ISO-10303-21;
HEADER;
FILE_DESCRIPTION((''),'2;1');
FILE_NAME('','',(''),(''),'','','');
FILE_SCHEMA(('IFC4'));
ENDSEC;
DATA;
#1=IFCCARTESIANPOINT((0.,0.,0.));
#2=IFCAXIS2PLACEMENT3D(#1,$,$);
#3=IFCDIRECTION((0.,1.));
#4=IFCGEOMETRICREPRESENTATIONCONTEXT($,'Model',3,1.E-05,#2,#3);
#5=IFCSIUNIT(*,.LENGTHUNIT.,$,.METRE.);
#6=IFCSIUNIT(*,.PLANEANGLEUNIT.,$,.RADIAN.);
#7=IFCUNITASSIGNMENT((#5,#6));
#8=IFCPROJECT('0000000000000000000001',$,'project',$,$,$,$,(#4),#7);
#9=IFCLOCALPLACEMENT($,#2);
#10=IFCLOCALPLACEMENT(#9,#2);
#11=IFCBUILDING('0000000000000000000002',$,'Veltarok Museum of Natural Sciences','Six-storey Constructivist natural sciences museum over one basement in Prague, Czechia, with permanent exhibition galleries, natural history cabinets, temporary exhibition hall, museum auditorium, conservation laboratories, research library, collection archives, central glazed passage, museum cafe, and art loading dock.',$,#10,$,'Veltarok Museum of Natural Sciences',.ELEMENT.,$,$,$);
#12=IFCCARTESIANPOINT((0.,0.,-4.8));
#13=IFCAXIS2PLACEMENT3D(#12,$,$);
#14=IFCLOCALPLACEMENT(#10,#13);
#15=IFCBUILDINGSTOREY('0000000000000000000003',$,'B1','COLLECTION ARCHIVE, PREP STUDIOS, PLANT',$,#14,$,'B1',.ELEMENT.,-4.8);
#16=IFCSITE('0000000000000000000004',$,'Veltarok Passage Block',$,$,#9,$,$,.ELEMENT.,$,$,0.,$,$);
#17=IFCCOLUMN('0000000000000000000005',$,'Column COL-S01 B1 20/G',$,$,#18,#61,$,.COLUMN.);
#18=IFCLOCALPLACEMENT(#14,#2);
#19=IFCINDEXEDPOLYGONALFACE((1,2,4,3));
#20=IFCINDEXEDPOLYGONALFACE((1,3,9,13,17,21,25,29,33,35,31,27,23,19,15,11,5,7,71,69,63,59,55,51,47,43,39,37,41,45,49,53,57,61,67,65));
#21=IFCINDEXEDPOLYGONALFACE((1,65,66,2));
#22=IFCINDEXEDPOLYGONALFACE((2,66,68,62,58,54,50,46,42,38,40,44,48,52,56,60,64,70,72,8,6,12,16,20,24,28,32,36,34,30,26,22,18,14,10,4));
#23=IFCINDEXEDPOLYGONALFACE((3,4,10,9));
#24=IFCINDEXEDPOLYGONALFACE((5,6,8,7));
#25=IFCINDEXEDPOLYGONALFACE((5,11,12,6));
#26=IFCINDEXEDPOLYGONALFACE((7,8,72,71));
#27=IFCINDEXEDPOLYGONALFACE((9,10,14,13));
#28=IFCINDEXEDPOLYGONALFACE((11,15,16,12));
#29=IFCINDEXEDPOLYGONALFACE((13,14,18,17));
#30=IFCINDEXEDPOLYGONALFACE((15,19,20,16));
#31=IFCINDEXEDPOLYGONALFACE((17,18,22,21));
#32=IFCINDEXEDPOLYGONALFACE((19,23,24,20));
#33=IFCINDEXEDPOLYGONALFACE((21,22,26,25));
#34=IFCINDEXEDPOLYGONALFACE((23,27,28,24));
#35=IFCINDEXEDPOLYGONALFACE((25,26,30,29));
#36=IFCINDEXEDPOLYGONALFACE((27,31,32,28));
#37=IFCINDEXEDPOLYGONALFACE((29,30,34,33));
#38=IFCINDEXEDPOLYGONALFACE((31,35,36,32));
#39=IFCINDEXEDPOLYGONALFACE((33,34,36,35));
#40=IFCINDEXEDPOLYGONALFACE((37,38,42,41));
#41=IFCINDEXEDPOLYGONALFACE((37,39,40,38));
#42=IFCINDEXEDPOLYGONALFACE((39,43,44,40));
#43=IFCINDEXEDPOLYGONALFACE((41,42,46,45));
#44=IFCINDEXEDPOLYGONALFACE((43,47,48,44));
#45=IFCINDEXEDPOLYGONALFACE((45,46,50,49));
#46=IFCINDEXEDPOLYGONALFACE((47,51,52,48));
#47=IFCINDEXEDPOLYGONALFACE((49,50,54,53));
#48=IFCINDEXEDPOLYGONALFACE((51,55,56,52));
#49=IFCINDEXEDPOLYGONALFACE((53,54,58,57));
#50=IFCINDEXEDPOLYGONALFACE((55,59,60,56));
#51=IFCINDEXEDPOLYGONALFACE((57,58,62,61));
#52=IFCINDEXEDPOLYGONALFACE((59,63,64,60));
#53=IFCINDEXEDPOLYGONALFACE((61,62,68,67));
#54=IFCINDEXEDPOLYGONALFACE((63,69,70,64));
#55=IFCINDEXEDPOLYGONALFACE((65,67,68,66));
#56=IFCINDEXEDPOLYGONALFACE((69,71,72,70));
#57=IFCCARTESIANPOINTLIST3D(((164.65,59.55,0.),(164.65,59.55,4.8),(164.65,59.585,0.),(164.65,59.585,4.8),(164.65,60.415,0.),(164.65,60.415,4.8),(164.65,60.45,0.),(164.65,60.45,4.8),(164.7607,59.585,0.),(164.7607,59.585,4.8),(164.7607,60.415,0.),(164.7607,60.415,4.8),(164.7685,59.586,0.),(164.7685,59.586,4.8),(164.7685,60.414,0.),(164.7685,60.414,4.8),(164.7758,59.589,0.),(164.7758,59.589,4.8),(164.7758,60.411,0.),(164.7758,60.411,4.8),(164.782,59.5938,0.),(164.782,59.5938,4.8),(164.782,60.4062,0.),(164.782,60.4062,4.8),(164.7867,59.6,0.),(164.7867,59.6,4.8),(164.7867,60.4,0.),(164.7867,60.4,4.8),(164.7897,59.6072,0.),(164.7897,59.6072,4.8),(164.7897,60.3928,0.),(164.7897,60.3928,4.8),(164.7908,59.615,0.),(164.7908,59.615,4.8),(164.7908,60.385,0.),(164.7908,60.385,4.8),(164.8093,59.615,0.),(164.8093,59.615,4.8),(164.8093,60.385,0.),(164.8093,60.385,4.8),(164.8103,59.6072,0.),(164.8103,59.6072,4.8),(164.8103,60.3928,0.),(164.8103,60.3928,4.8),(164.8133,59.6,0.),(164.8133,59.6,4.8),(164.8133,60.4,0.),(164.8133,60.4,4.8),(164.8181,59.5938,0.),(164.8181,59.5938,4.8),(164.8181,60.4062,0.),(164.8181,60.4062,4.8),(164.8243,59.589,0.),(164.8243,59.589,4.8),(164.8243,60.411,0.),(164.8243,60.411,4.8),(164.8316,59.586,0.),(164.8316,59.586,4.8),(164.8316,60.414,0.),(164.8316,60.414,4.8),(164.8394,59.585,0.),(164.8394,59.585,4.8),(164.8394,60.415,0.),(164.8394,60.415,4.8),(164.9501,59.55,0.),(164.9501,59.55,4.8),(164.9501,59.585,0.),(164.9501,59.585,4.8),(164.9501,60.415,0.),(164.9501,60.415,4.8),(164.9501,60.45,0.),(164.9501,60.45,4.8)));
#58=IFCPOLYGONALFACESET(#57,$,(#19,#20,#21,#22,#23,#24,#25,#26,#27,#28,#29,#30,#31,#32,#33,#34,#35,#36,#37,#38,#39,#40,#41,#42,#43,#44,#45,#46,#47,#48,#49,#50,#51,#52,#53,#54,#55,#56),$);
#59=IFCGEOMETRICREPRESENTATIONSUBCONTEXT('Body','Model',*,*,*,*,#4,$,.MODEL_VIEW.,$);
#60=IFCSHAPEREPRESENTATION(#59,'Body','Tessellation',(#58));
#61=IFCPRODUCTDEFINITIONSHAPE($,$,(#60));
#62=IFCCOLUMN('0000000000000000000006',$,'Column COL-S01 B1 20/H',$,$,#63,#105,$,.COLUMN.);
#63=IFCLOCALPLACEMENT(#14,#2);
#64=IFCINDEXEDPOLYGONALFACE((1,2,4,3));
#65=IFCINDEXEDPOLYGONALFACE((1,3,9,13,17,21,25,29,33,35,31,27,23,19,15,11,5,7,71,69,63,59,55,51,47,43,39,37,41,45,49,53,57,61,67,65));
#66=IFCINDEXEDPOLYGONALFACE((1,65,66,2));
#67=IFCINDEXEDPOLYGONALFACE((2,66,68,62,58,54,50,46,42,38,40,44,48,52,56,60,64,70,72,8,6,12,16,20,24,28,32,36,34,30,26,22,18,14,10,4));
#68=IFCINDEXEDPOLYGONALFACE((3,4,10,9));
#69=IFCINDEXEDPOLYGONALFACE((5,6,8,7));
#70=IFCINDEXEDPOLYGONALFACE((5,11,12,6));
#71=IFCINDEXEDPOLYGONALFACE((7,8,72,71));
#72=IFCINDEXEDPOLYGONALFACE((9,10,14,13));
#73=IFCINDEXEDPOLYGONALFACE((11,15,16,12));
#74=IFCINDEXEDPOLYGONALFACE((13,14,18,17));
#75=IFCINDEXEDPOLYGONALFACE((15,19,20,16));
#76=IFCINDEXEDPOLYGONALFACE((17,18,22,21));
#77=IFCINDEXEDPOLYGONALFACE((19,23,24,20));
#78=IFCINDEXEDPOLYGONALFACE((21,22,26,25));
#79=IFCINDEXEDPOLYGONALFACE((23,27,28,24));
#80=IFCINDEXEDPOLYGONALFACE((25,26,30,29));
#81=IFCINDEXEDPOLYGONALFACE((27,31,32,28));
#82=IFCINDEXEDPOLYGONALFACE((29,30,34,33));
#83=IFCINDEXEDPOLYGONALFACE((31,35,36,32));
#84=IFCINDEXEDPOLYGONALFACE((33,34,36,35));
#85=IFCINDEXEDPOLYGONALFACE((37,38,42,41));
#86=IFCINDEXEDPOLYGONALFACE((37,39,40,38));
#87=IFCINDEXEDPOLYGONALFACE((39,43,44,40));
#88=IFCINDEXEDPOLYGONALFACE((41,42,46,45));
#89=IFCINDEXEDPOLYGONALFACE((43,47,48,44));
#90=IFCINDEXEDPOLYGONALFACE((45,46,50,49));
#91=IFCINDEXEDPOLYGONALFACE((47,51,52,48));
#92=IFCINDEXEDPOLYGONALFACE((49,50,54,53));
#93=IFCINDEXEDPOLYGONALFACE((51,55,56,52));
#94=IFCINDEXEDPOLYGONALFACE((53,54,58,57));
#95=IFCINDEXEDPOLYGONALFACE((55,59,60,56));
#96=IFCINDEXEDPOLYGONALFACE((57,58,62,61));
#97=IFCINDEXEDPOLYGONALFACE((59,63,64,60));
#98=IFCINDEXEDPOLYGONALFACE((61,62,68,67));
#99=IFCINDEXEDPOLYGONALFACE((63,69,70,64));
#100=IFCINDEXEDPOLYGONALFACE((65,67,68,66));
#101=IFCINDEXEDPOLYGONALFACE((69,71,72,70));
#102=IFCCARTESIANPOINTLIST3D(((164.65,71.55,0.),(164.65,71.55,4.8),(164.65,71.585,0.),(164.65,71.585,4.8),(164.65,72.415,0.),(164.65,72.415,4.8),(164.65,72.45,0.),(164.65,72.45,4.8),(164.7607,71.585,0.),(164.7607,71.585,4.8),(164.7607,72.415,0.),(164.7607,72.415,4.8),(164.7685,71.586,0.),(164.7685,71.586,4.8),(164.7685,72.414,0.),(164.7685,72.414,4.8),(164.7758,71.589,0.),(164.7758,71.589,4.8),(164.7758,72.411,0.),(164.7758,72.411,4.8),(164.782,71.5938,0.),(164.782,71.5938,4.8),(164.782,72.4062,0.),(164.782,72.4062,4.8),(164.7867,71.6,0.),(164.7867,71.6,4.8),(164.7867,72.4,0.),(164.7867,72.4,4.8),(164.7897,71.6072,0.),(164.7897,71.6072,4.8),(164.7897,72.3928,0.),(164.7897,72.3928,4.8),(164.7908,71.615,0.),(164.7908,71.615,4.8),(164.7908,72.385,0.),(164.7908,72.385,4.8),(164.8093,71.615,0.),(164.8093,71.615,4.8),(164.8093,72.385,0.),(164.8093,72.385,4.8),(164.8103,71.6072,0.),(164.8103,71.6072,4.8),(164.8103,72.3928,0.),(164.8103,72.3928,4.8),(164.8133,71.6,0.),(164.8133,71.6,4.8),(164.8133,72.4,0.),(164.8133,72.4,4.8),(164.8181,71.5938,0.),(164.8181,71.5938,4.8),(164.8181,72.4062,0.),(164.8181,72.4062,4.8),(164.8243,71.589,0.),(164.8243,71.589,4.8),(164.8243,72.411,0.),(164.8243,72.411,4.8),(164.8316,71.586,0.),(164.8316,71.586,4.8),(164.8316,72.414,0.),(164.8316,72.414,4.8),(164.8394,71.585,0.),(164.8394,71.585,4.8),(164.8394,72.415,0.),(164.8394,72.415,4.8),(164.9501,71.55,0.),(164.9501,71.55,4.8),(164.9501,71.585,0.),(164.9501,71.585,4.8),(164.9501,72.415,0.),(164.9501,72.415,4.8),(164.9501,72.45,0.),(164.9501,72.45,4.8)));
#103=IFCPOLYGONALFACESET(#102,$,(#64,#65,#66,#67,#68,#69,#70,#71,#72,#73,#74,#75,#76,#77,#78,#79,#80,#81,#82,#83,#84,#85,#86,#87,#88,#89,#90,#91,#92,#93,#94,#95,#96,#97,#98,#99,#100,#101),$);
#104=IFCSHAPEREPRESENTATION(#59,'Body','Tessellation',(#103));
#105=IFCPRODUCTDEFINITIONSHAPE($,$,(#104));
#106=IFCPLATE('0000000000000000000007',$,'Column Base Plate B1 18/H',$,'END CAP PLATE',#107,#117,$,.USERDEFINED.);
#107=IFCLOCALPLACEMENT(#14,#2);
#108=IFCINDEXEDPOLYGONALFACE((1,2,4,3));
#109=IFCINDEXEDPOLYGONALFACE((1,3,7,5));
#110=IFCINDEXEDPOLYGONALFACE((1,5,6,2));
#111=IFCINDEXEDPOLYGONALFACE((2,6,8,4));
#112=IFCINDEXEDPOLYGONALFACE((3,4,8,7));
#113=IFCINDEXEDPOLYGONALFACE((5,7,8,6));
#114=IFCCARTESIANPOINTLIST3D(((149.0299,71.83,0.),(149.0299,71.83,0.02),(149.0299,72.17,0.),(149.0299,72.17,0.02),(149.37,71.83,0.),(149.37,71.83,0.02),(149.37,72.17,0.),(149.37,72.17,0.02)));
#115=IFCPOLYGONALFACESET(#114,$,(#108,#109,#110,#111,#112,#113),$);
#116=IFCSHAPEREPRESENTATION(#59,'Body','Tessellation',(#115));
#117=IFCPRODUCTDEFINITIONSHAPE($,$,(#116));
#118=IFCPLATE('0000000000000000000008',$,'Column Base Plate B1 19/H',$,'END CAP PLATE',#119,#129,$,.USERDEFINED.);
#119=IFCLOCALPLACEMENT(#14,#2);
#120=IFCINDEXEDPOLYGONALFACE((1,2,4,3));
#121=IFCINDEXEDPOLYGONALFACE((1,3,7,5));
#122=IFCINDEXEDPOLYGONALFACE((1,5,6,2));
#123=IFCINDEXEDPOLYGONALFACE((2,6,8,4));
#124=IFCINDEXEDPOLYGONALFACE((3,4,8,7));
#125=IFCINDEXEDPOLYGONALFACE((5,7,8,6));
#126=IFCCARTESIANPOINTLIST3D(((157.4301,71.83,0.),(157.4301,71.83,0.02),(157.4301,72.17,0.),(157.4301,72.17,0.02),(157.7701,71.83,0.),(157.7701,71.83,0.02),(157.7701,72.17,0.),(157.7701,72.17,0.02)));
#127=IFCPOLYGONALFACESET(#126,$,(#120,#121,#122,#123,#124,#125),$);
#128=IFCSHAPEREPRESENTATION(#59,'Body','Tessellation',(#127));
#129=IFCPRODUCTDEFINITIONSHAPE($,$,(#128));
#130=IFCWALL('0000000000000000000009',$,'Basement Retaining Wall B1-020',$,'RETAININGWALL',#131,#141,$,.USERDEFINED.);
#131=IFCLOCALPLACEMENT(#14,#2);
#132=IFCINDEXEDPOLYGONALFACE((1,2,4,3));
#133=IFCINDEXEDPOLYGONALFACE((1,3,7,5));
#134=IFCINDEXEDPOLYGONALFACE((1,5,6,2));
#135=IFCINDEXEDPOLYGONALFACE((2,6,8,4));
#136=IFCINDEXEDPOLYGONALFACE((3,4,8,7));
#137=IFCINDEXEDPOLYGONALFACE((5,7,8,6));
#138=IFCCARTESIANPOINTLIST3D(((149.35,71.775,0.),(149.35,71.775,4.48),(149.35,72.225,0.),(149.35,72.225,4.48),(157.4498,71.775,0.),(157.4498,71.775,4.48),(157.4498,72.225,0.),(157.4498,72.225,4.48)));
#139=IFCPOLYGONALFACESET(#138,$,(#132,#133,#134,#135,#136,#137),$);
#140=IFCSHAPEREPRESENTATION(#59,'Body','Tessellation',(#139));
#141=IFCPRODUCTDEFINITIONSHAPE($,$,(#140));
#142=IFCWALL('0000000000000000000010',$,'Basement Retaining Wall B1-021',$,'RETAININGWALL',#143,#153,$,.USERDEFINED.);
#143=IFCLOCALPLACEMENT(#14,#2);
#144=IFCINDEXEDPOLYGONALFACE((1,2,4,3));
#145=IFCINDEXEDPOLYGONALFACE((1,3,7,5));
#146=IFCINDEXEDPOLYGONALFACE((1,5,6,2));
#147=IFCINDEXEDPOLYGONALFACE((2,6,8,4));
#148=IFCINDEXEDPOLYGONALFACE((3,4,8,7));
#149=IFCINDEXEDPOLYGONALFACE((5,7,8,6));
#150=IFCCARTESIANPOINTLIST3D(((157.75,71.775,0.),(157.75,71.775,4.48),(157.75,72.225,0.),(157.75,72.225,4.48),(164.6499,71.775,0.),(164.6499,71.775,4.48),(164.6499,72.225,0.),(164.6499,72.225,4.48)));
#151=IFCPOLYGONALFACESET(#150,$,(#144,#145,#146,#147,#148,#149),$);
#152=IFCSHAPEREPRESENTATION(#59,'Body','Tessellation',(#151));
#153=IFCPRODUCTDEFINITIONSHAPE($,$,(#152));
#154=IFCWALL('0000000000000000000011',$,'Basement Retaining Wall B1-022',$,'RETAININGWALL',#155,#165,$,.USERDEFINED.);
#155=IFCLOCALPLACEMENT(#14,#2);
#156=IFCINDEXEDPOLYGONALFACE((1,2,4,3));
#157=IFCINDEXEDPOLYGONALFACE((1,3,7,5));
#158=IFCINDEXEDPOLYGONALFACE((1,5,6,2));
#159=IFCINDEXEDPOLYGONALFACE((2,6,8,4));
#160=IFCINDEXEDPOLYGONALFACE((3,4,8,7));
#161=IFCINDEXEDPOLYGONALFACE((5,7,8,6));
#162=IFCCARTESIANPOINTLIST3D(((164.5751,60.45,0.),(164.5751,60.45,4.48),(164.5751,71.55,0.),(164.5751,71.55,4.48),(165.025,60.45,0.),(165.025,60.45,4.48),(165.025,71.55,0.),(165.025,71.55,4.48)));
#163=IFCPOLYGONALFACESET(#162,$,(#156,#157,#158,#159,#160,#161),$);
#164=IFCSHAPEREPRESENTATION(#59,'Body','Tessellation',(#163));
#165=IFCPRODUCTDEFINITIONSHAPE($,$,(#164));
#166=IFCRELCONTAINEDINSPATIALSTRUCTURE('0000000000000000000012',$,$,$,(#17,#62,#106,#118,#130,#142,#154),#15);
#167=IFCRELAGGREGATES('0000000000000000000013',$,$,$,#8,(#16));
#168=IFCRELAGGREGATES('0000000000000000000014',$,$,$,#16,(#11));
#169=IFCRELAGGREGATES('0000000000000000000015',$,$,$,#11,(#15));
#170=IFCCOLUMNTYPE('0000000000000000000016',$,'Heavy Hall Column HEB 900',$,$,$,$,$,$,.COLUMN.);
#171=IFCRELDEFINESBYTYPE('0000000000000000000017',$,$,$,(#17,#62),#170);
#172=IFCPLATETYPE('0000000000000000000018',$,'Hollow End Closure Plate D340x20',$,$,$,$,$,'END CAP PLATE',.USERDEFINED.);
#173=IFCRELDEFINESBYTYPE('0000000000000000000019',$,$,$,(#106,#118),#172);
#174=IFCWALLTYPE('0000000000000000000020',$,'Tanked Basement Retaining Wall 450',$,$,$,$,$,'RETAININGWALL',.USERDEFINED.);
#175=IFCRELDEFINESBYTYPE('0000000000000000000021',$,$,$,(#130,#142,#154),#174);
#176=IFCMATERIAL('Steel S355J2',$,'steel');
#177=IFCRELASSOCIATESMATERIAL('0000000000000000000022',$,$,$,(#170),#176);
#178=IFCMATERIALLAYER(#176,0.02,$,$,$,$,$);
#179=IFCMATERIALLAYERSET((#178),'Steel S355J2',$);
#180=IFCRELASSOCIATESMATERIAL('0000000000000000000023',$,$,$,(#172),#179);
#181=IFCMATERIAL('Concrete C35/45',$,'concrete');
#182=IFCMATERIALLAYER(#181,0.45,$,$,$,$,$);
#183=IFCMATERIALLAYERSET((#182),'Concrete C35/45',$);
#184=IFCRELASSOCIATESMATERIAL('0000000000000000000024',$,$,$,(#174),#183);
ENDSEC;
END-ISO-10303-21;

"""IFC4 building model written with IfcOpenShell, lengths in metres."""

from ifc_helpers import new_model, si_unit, direction, frame, frame_2d, origin, origin_2d, place, context, subcontext, project, spatial, rectangle, i_section, extrude, material, layer, layer_set, material_profile, profile_set, type_object, element, save


model = new_model("IFC4")

# Units and contexts
model_context = context("Model", 3, precision=1e-05, world=origin(), true_north=direction((0.0, 1.0)))
body_context = subcontext(model_context, "Body", "Model", "MODEL_VIEW")
ifc_project = project(units=[si_unit("LENGTHUNIT", "METRE"), si_unit("PLANEANGLEUNIT", "RADIAN")], contexts=[model_context])

# Site, building, storey
site_placement = place(None, origin())
site = spatial("IfcSite", under=ifc_project, at=site_placement, Name="Veltarok Passage Block", CompositionType="ELEMENT", RefElevation=0.0)
building_placement = place(site_placement, origin())
building = spatial("IfcBuilding", under=site, at=building_placement, Name="Veltarok Museum of Natural Sciences", Description="Six-storey Constructivist natural sciences museum over one basement in Prague, Czechia, with permanent exhibition galleries, natural history cabinets, temporary exhibition hall, museum auditorium, conservation laboratories, research library, collection archives, central glazed passage, museum cafe, and art loading dock.", LongName="Veltarok Museum of Natural Sciences", CompositionType="ELEMENT")
storey_placement = place(building_placement, frame((0.0, 0.0, -4.8)))
storey = spatial("IfcBuildingStorey", under=building, at=storey_placement, Name="B1", Description="COLLECTION ARCHIVE, PREP STUDIOS, PLANT", LongName="B1", CompositionType="ELEMENT", Elevation=-4.8)

# Shared definitions
ifc_material_1 = material(Name="Concrete C35/45", Category="concrete")

# Columns
ifc_material_2 = material(Name="Steel S355J2", Category="steel")
ifc_material_profile_1 = material_profile(ifc_material_2, i_section(OverallWidth=0.3, OverallDepth=0.8999, WebThickness=0.0186, FlangeThickness=0.0349, FilletRadius=0.03, at=origin_2d()), Name="HEB 900")
ifc_profile_set_1 = profile_set([ifc_material_profile_1], Name="Steel S355J2")
column_type = type_object("IfcColumnType", Name="Heavy Hall Column HEB 900", PredefinedType="COLUMN", material=ifc_profile_set_1)
for number, where, z_axis, x_axis, name in (
    (1, (164.8, 60.0, 0.0), (0.0, 0.0, 1.0), (1.0, 0.0, 0.0), "Column COL-S01 B1 20/G"),
    (2, (164.8, 72.0, 0.0), (0.0, 0.0, 1.0), (1.0, 0.0, 0.0), "Column COL-S01 B1 20/H"),
):
    element("IfcColumn", number, at=place(storey_placement, frame(where, z_axis=z_axis, x_axis=x_axis)), inside=storey, type_object=column_type, Name=name, PredefinedType="COLUMN", context=body_context, shape_type="SweptSolid", body=[
        extrude(i_section(OverallWidth=0.3, OverallDepth=0.8999, WebThickness=0.0186, FlangeThickness=0.0349, FilletRadius=0.03, at=origin_2d()), origin(), (0.0, 0.0, 1.0), 4.8),
    ])

# Plates
ifc_layer_1 = layer(ifc_material_2, 0.02)
ifc_layer_set_1 = layer_set([ifc_layer_1], Name="Steel S355J2")
plate_type = type_object("IfcPlateType", Name="Hollow End Closure Plate D340x20", ElementType="END CAP PLATE", PredefinedType="USERDEFINED", material=ifc_layer_set_1)
for number, where, z_axis, x_axis, name in (
    (3, (149.2, 72.0, 0.0), (0.0, 0.0, 1.0), (1.0, 0.0, 0.0), "Column Base Plate B1 18/H"),
    (4, (157.6001, 72.0, 0.0), (0.0, 0.0, 1.0), (1.0, 0.0, 0.0), "Column Base Plate B1 19/H"),
):
    element("IfcPlate", number, at=place(storey_placement, frame(where, z_axis=z_axis, x_axis=x_axis)), inside=storey, type_object=plate_type, Name=name, ObjectType="END CAP PLATE", PredefinedType="USERDEFINED", context=body_context, shape_type="SweptSolid", body=[
        extrude(rectangle(XDim=0.3401, YDim=0.3401, at=origin_2d()), origin(), (0.0, 0.0, 1.0), 0.02),
    ])

# Walls
ifc_layer_2 = layer(ifc_material_1, 0.45)
ifc_layer_set_2 = layer_set([ifc_layer_2], Name="Concrete C35/45")
wall_type = type_object("IfcWallType", Name="Tanked Basement Retaining Wall 450", ElementType="RETAININGWALL", PredefinedType="USERDEFINED", material=ifc_layer_set_2)
wall_1_placement = place(storey_placement, frame((149.3501, 72.0, 0.0), z_axis=(0.0, 0.0, 1.0), x_axis=(1.0, 0.0, 0.0)))
element("IfcWall", 5, at=wall_1_placement, inside=storey, type_object=wall_type, Name="Basement Retaining Wall B1-020", ObjectType="RETAININGWALL", PredefinedType="USERDEFINED", context=body_context, shape_type="SweptSolid", body=[
    extrude(rectangle(XDim=8.0999, YDim=0.45, at=frame_2d((4.0498, 0.0))), origin(), (0.0, 0.0, 1.0), 4.48),
])
wall_2_placement = place(storey_placement, frame((157.75, 72.0, 0.0), z_axis=(0.0, 0.0, 1.0), x_axis=(1.0, 0.0, 0.0)))
element("IfcWall", 6, at=wall_2_placement, inside=storey, type_object=wall_type, Name="Basement Retaining Wall B1-021", ObjectType="RETAININGWALL", PredefinedType="USERDEFINED", context=body_context, shape_type="SweptSolid", body=[
    extrude(rectangle(XDim=6.8999, YDim=0.45, at=frame_2d((3.45, 0.0))), origin(), (0.0, 0.0, 1.0), 4.48),
])
wall_3_placement = place(storey_placement, frame((164.8, 71.55, 0.0), z_axis=(0.0, 0.0, 1.0), x_axis=(0.0, -1.0, 0.0)))
element("IfcWall", 7, at=wall_3_placement, inside=storey, type_object=wall_type, Name="Basement Retaining Wall B1-022", ObjectType="RETAININGWALL", PredefinedType="USERDEFINED", context=body_context, shape_type="SweptSolid", body=[
    extrude(rectangle(XDim=11.1001, YDim=0.45, at=frame_2d((5.55, 0.0))), origin(), (0.0, 0.0, 1.0), 4.48),
])

save(model, "model.ifc")
